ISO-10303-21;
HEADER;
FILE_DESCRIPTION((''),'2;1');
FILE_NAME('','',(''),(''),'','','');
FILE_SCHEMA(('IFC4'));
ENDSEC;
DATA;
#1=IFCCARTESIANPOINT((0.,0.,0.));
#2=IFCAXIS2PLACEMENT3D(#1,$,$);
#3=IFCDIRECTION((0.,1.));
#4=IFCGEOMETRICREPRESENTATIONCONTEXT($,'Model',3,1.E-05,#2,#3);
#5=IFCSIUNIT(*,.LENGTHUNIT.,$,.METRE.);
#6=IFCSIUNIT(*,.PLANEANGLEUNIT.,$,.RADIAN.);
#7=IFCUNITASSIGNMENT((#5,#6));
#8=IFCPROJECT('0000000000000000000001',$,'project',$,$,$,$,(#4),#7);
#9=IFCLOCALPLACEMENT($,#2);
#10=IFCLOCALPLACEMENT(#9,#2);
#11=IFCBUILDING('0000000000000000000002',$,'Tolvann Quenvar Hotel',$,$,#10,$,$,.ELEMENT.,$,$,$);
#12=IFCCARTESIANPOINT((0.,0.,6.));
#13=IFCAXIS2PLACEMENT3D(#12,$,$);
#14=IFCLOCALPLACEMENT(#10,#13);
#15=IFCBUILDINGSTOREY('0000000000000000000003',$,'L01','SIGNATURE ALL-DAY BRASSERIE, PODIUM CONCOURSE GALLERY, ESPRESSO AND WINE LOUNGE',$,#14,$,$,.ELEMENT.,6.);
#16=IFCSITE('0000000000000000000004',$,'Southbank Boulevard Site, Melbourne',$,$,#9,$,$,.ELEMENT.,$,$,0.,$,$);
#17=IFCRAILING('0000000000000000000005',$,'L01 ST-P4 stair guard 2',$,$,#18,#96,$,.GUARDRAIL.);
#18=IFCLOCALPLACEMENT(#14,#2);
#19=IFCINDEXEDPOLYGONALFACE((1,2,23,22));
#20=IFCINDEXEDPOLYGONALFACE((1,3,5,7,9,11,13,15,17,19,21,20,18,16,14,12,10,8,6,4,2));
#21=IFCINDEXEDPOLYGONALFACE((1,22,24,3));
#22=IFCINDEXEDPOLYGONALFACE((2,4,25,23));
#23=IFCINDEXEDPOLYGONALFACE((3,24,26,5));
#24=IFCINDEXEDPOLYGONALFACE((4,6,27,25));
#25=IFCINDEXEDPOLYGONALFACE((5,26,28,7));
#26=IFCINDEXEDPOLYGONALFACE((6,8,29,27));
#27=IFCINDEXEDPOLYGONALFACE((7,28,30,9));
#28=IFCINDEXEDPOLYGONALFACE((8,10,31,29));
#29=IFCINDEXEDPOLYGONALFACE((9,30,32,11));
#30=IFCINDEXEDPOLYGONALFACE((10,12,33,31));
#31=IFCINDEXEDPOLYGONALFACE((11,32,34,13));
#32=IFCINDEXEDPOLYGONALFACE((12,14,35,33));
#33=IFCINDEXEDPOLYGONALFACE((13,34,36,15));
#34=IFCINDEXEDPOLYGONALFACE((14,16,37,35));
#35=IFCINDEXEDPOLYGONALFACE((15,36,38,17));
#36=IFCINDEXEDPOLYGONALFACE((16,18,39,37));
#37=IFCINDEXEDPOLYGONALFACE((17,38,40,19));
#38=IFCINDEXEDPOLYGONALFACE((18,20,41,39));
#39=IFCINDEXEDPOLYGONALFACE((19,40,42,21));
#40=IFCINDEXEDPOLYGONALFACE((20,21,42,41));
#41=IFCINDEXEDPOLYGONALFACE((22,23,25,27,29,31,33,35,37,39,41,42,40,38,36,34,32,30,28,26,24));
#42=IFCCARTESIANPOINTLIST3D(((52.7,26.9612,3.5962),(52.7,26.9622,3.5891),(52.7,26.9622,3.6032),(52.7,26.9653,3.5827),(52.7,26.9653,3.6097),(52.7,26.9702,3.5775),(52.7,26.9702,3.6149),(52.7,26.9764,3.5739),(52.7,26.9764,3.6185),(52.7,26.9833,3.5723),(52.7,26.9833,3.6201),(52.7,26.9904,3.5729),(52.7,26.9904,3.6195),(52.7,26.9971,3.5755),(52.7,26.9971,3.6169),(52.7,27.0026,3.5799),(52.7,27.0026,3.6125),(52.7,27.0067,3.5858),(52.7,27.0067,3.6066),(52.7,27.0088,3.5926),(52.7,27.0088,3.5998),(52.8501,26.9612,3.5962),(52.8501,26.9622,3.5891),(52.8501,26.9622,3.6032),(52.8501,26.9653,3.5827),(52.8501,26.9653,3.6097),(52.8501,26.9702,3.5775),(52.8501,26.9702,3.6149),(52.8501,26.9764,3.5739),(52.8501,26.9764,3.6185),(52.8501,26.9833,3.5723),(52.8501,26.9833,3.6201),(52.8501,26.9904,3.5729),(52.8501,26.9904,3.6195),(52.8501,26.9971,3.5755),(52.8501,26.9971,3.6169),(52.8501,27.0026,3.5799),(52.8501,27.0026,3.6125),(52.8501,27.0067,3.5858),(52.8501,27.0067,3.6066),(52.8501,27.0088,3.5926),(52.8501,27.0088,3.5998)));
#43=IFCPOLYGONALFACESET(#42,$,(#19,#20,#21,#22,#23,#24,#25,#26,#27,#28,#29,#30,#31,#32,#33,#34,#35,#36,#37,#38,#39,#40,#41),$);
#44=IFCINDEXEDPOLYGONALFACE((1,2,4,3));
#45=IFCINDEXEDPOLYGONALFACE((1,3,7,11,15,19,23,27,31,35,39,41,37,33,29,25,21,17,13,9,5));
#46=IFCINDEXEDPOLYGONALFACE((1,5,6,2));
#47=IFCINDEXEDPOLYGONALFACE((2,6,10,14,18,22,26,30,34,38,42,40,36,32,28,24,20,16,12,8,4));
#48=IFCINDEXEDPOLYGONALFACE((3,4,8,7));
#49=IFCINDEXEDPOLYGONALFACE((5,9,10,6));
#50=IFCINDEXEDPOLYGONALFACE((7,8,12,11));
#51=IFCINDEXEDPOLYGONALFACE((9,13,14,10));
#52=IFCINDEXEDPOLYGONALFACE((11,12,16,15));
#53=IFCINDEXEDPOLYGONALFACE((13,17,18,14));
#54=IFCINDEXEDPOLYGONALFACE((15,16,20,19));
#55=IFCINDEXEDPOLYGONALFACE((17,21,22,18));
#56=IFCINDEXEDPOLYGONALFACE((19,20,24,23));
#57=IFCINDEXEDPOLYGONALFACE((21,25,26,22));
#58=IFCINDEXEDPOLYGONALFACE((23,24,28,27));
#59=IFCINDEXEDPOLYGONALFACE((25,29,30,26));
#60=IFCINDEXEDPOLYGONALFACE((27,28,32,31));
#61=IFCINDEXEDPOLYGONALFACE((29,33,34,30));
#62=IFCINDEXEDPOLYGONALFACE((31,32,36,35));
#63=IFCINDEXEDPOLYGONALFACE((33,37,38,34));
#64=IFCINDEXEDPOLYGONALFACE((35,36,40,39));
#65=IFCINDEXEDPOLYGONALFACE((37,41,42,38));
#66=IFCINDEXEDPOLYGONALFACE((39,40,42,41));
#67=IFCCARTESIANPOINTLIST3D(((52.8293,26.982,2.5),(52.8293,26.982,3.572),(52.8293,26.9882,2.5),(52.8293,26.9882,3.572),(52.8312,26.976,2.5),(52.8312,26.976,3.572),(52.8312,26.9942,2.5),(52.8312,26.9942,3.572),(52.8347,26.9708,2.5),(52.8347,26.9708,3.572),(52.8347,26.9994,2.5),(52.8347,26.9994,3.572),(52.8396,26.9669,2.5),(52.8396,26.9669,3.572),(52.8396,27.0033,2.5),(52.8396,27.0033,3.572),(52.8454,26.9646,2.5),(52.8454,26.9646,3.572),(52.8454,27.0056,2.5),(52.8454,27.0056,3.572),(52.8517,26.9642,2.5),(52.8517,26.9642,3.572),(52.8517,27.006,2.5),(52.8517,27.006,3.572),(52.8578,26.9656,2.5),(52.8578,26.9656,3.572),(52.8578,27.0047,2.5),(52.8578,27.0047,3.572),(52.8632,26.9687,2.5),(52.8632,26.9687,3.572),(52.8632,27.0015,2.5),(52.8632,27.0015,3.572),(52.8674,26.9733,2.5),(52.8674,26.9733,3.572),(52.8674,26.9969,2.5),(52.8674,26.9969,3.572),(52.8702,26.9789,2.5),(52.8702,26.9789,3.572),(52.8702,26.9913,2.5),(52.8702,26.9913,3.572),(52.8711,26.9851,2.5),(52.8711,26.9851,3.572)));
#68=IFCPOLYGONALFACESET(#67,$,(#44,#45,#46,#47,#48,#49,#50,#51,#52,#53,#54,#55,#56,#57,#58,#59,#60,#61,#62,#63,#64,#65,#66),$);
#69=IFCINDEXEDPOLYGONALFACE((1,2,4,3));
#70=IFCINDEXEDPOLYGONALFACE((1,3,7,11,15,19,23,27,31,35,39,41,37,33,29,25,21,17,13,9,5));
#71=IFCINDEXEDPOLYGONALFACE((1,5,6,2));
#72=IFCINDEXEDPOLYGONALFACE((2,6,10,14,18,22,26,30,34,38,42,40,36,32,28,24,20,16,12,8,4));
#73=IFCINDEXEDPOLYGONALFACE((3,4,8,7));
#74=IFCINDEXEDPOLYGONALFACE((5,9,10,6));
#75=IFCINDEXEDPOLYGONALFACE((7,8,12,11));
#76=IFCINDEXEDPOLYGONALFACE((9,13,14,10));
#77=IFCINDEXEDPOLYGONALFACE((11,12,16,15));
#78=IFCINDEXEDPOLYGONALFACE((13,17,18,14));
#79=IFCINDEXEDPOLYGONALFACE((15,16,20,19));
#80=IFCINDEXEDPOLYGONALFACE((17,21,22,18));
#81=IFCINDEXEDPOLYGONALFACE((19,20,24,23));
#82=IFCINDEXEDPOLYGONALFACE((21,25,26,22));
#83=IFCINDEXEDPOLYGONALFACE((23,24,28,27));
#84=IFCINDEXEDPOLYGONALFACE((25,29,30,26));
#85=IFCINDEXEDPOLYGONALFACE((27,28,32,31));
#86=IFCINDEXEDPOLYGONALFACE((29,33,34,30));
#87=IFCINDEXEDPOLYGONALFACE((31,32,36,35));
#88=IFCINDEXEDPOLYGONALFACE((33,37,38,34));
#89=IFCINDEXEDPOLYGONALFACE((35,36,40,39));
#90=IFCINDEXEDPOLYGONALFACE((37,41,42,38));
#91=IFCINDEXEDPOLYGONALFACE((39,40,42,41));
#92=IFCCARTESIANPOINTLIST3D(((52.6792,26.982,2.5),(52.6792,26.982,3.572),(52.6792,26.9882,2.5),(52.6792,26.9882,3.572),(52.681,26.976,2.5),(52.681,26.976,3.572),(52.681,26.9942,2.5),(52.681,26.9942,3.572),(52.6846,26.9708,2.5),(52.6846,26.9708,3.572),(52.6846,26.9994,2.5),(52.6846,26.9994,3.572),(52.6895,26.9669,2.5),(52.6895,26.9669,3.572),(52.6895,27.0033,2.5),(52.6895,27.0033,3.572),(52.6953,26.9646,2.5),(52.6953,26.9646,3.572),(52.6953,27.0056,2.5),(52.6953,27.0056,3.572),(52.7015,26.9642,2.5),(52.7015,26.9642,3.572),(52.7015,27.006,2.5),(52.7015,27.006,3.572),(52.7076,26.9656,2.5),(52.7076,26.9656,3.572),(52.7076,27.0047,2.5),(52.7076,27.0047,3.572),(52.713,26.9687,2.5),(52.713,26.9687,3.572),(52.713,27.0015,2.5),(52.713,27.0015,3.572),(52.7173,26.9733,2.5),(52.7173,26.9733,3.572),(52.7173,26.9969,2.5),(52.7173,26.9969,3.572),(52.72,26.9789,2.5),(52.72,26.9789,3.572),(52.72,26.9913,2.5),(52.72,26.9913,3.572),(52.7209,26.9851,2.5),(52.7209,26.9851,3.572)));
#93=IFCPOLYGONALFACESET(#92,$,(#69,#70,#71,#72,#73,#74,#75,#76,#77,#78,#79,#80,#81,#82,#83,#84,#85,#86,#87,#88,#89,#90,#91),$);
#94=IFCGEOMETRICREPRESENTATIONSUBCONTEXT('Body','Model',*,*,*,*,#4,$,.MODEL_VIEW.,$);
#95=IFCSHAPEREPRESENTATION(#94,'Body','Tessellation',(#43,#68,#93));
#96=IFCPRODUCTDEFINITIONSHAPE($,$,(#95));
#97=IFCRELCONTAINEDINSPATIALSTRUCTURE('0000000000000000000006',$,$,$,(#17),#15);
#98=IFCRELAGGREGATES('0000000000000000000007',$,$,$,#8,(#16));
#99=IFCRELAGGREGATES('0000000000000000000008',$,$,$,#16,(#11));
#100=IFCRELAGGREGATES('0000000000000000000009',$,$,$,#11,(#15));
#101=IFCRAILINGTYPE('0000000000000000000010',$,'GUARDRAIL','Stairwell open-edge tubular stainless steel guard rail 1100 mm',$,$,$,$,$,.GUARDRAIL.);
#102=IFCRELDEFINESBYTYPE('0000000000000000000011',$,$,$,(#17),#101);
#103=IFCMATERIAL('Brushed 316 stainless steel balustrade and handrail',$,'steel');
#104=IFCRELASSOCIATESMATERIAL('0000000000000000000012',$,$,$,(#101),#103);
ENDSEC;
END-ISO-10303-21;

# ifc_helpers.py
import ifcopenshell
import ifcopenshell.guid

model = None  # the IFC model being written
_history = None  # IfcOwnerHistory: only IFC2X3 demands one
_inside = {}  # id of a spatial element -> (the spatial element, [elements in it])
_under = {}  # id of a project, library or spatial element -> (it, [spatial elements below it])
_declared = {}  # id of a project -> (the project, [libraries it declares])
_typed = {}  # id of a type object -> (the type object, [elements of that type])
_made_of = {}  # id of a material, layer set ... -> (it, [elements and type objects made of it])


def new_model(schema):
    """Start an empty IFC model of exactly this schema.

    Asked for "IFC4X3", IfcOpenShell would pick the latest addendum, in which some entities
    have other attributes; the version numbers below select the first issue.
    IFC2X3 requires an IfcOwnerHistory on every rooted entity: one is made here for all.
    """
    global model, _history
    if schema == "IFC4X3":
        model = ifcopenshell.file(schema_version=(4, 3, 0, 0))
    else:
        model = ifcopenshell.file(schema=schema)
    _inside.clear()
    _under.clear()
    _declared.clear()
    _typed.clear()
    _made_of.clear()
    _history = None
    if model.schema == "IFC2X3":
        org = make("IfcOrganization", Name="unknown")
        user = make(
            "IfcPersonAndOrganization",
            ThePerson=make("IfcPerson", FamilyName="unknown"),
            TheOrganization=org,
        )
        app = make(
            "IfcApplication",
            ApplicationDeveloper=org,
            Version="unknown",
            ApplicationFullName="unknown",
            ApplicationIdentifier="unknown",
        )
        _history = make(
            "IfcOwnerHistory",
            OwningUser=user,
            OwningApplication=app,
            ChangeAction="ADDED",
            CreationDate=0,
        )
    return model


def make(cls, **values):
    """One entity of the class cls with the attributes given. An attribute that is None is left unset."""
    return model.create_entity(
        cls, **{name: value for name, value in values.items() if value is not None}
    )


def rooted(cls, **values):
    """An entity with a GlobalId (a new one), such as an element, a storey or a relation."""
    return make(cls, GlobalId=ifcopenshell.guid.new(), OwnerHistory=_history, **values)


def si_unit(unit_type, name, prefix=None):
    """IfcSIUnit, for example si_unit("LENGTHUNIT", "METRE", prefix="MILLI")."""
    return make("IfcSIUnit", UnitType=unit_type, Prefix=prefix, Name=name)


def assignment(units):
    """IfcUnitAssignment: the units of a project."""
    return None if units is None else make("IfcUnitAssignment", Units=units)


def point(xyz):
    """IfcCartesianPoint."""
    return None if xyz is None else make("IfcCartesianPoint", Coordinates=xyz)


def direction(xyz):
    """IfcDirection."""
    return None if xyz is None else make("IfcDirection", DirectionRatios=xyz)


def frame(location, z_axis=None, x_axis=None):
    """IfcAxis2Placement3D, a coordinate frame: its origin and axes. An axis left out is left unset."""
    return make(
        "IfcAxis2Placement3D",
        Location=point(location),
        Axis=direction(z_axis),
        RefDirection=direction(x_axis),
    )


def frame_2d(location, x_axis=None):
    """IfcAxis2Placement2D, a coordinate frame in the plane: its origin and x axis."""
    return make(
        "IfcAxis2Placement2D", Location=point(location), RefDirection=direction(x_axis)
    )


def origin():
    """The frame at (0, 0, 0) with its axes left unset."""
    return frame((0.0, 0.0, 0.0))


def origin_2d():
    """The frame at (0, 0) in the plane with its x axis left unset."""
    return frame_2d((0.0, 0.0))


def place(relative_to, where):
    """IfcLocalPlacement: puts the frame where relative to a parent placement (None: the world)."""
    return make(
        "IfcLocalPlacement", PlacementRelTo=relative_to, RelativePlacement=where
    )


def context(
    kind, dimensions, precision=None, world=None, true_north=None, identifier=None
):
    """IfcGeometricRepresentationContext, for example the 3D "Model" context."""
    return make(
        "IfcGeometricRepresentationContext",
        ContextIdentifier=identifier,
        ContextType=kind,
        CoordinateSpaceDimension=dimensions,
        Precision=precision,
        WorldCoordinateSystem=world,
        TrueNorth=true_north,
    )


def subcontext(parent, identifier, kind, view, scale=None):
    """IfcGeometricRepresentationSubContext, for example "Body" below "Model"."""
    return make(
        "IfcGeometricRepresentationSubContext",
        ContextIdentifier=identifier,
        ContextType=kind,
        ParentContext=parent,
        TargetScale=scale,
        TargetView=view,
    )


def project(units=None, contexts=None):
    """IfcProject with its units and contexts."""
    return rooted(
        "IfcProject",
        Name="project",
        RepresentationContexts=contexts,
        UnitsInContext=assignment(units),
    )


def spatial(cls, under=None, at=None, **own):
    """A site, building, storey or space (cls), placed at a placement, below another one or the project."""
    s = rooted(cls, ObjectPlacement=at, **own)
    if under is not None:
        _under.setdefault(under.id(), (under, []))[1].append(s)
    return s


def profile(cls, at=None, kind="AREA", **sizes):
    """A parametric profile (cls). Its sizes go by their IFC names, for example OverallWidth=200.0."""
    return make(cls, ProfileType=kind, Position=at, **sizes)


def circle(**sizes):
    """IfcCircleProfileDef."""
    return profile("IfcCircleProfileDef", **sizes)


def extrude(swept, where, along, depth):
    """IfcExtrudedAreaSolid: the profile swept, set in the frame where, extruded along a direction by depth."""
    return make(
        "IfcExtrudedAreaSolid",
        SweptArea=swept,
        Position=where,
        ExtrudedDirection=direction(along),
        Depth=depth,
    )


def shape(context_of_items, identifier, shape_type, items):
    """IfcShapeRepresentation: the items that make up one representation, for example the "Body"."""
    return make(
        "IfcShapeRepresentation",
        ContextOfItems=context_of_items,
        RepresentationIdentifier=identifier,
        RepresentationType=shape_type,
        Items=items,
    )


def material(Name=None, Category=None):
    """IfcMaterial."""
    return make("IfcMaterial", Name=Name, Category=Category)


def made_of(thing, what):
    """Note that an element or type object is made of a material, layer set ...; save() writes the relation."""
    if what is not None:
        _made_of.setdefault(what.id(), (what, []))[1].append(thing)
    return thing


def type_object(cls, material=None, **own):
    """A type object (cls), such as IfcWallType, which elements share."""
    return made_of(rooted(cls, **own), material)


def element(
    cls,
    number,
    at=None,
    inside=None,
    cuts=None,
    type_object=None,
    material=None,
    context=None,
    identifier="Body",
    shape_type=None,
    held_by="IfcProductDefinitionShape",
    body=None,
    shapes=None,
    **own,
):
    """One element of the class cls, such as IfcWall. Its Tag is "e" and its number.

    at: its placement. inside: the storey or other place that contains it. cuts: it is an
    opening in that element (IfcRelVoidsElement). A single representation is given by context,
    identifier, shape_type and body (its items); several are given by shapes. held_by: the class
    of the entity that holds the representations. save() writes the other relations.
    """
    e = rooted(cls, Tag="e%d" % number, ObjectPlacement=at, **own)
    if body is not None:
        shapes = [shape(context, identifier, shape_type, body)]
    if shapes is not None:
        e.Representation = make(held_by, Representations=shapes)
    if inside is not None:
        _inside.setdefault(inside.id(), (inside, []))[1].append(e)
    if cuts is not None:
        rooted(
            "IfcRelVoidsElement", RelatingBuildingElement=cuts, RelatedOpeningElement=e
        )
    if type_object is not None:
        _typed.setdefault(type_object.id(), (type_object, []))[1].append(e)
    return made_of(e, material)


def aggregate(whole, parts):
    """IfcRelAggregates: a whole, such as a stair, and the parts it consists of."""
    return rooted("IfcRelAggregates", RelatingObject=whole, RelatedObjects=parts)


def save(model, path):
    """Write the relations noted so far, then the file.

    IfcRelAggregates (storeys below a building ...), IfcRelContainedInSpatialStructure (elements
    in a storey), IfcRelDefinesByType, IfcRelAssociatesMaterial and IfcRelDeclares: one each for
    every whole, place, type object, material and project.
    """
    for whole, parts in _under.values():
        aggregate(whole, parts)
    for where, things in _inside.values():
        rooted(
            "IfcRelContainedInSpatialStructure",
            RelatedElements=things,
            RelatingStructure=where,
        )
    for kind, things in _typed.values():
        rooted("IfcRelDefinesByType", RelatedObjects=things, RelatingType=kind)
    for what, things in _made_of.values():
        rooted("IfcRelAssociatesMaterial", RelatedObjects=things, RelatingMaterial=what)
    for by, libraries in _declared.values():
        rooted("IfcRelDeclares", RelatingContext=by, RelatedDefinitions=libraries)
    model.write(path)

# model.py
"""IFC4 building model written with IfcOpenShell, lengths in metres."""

from ifc_helpers import new_model, si_unit, direction, frame, origin, origin_2d, place, context, subcontext, project, spatial, circle, extrude, material, type_object, element, save


model = new_model("IFC4")

# Units and contexts
model_context = context("Model", 3, precision=1e-05, world=origin(), true_north=direction((0.0, 1.0)))
body_context = subcontext(model_context, "Body", "Model", "MODEL_VIEW")
ifc_project = project(units=[si_unit("LENGTHUNIT", "METRE"), si_unit("PLANEANGLEUNIT", "RADIAN")], contexts=[model_context])

# Site, building, storey
site_placement = place(None, origin())
site = spatial("IfcSite", under=ifc_project, at=site_placement, Name="Southbank Boulevard Site, Melbourne", CompositionType="ELEMENT", RefElevation=0.0)
building_placement = place(site_placement, origin())
building = spatial("IfcBuilding", under=site, at=building_placement, Name="Tolvann Quenvar Hotel", CompositionType="ELEMENT")
storey_placement = place(building_placement, frame((0.0, 0.0, 6.0)))
storey = spatial("IfcBuildingStorey", under=building, at=storey_placement, Name="L01", Description="SIGNATURE ALL-DAY BRASSERIE, PODIUM CONCOURSE GALLERY, ESPRESSO AND WINE LOUNGE", CompositionType="ELEMENT", Elevation=6.0)

# Railing
ifc_material_1 = material(Name="Brushed 316 stainless steel balustrade and handrail", Category="steel")
railing_type_1 = type_object("IfcRailingType", Name="GUARDRAIL", Description="Stairwell open-edge tubular stainless steel guard rail 1100 mm", PredefinedType="GUARDRAIL", material=ifc_material_1)
railing_1_placement = place(storey_placement, frame((52.8501, 26.9851, 2.5)))
element("IfcRailing", 1, at=railing_1_placement, inside=storey, type_object=railing_type_1, Name="L01 ST-P4 stair guard 2", PredefinedType="GUARDRAIL", context=body_context, shape_type="SweptSolid", body=[
    extrude(circle(Radius=0.0239, at=origin_2d()), frame((0.0, 0.0, 1.0962), z_axis=(-1.0, 0.0, 0.0), x_axis=(0.0, -1.0, 0.0)), (0.0, 0.0, 1.0), 0.1501),
    extrude(circle(Radius=0.021, at=origin_2d()), origin(), (0.0, 0.0, 1.0), 1.072),
    extrude(circle(Radius=0.021, at=origin_2d()), frame((-0.1501, 0.0, 0.0)), (0.0, 0.0, 1.0), 1.072),
])

save(model, "model.ifc")
